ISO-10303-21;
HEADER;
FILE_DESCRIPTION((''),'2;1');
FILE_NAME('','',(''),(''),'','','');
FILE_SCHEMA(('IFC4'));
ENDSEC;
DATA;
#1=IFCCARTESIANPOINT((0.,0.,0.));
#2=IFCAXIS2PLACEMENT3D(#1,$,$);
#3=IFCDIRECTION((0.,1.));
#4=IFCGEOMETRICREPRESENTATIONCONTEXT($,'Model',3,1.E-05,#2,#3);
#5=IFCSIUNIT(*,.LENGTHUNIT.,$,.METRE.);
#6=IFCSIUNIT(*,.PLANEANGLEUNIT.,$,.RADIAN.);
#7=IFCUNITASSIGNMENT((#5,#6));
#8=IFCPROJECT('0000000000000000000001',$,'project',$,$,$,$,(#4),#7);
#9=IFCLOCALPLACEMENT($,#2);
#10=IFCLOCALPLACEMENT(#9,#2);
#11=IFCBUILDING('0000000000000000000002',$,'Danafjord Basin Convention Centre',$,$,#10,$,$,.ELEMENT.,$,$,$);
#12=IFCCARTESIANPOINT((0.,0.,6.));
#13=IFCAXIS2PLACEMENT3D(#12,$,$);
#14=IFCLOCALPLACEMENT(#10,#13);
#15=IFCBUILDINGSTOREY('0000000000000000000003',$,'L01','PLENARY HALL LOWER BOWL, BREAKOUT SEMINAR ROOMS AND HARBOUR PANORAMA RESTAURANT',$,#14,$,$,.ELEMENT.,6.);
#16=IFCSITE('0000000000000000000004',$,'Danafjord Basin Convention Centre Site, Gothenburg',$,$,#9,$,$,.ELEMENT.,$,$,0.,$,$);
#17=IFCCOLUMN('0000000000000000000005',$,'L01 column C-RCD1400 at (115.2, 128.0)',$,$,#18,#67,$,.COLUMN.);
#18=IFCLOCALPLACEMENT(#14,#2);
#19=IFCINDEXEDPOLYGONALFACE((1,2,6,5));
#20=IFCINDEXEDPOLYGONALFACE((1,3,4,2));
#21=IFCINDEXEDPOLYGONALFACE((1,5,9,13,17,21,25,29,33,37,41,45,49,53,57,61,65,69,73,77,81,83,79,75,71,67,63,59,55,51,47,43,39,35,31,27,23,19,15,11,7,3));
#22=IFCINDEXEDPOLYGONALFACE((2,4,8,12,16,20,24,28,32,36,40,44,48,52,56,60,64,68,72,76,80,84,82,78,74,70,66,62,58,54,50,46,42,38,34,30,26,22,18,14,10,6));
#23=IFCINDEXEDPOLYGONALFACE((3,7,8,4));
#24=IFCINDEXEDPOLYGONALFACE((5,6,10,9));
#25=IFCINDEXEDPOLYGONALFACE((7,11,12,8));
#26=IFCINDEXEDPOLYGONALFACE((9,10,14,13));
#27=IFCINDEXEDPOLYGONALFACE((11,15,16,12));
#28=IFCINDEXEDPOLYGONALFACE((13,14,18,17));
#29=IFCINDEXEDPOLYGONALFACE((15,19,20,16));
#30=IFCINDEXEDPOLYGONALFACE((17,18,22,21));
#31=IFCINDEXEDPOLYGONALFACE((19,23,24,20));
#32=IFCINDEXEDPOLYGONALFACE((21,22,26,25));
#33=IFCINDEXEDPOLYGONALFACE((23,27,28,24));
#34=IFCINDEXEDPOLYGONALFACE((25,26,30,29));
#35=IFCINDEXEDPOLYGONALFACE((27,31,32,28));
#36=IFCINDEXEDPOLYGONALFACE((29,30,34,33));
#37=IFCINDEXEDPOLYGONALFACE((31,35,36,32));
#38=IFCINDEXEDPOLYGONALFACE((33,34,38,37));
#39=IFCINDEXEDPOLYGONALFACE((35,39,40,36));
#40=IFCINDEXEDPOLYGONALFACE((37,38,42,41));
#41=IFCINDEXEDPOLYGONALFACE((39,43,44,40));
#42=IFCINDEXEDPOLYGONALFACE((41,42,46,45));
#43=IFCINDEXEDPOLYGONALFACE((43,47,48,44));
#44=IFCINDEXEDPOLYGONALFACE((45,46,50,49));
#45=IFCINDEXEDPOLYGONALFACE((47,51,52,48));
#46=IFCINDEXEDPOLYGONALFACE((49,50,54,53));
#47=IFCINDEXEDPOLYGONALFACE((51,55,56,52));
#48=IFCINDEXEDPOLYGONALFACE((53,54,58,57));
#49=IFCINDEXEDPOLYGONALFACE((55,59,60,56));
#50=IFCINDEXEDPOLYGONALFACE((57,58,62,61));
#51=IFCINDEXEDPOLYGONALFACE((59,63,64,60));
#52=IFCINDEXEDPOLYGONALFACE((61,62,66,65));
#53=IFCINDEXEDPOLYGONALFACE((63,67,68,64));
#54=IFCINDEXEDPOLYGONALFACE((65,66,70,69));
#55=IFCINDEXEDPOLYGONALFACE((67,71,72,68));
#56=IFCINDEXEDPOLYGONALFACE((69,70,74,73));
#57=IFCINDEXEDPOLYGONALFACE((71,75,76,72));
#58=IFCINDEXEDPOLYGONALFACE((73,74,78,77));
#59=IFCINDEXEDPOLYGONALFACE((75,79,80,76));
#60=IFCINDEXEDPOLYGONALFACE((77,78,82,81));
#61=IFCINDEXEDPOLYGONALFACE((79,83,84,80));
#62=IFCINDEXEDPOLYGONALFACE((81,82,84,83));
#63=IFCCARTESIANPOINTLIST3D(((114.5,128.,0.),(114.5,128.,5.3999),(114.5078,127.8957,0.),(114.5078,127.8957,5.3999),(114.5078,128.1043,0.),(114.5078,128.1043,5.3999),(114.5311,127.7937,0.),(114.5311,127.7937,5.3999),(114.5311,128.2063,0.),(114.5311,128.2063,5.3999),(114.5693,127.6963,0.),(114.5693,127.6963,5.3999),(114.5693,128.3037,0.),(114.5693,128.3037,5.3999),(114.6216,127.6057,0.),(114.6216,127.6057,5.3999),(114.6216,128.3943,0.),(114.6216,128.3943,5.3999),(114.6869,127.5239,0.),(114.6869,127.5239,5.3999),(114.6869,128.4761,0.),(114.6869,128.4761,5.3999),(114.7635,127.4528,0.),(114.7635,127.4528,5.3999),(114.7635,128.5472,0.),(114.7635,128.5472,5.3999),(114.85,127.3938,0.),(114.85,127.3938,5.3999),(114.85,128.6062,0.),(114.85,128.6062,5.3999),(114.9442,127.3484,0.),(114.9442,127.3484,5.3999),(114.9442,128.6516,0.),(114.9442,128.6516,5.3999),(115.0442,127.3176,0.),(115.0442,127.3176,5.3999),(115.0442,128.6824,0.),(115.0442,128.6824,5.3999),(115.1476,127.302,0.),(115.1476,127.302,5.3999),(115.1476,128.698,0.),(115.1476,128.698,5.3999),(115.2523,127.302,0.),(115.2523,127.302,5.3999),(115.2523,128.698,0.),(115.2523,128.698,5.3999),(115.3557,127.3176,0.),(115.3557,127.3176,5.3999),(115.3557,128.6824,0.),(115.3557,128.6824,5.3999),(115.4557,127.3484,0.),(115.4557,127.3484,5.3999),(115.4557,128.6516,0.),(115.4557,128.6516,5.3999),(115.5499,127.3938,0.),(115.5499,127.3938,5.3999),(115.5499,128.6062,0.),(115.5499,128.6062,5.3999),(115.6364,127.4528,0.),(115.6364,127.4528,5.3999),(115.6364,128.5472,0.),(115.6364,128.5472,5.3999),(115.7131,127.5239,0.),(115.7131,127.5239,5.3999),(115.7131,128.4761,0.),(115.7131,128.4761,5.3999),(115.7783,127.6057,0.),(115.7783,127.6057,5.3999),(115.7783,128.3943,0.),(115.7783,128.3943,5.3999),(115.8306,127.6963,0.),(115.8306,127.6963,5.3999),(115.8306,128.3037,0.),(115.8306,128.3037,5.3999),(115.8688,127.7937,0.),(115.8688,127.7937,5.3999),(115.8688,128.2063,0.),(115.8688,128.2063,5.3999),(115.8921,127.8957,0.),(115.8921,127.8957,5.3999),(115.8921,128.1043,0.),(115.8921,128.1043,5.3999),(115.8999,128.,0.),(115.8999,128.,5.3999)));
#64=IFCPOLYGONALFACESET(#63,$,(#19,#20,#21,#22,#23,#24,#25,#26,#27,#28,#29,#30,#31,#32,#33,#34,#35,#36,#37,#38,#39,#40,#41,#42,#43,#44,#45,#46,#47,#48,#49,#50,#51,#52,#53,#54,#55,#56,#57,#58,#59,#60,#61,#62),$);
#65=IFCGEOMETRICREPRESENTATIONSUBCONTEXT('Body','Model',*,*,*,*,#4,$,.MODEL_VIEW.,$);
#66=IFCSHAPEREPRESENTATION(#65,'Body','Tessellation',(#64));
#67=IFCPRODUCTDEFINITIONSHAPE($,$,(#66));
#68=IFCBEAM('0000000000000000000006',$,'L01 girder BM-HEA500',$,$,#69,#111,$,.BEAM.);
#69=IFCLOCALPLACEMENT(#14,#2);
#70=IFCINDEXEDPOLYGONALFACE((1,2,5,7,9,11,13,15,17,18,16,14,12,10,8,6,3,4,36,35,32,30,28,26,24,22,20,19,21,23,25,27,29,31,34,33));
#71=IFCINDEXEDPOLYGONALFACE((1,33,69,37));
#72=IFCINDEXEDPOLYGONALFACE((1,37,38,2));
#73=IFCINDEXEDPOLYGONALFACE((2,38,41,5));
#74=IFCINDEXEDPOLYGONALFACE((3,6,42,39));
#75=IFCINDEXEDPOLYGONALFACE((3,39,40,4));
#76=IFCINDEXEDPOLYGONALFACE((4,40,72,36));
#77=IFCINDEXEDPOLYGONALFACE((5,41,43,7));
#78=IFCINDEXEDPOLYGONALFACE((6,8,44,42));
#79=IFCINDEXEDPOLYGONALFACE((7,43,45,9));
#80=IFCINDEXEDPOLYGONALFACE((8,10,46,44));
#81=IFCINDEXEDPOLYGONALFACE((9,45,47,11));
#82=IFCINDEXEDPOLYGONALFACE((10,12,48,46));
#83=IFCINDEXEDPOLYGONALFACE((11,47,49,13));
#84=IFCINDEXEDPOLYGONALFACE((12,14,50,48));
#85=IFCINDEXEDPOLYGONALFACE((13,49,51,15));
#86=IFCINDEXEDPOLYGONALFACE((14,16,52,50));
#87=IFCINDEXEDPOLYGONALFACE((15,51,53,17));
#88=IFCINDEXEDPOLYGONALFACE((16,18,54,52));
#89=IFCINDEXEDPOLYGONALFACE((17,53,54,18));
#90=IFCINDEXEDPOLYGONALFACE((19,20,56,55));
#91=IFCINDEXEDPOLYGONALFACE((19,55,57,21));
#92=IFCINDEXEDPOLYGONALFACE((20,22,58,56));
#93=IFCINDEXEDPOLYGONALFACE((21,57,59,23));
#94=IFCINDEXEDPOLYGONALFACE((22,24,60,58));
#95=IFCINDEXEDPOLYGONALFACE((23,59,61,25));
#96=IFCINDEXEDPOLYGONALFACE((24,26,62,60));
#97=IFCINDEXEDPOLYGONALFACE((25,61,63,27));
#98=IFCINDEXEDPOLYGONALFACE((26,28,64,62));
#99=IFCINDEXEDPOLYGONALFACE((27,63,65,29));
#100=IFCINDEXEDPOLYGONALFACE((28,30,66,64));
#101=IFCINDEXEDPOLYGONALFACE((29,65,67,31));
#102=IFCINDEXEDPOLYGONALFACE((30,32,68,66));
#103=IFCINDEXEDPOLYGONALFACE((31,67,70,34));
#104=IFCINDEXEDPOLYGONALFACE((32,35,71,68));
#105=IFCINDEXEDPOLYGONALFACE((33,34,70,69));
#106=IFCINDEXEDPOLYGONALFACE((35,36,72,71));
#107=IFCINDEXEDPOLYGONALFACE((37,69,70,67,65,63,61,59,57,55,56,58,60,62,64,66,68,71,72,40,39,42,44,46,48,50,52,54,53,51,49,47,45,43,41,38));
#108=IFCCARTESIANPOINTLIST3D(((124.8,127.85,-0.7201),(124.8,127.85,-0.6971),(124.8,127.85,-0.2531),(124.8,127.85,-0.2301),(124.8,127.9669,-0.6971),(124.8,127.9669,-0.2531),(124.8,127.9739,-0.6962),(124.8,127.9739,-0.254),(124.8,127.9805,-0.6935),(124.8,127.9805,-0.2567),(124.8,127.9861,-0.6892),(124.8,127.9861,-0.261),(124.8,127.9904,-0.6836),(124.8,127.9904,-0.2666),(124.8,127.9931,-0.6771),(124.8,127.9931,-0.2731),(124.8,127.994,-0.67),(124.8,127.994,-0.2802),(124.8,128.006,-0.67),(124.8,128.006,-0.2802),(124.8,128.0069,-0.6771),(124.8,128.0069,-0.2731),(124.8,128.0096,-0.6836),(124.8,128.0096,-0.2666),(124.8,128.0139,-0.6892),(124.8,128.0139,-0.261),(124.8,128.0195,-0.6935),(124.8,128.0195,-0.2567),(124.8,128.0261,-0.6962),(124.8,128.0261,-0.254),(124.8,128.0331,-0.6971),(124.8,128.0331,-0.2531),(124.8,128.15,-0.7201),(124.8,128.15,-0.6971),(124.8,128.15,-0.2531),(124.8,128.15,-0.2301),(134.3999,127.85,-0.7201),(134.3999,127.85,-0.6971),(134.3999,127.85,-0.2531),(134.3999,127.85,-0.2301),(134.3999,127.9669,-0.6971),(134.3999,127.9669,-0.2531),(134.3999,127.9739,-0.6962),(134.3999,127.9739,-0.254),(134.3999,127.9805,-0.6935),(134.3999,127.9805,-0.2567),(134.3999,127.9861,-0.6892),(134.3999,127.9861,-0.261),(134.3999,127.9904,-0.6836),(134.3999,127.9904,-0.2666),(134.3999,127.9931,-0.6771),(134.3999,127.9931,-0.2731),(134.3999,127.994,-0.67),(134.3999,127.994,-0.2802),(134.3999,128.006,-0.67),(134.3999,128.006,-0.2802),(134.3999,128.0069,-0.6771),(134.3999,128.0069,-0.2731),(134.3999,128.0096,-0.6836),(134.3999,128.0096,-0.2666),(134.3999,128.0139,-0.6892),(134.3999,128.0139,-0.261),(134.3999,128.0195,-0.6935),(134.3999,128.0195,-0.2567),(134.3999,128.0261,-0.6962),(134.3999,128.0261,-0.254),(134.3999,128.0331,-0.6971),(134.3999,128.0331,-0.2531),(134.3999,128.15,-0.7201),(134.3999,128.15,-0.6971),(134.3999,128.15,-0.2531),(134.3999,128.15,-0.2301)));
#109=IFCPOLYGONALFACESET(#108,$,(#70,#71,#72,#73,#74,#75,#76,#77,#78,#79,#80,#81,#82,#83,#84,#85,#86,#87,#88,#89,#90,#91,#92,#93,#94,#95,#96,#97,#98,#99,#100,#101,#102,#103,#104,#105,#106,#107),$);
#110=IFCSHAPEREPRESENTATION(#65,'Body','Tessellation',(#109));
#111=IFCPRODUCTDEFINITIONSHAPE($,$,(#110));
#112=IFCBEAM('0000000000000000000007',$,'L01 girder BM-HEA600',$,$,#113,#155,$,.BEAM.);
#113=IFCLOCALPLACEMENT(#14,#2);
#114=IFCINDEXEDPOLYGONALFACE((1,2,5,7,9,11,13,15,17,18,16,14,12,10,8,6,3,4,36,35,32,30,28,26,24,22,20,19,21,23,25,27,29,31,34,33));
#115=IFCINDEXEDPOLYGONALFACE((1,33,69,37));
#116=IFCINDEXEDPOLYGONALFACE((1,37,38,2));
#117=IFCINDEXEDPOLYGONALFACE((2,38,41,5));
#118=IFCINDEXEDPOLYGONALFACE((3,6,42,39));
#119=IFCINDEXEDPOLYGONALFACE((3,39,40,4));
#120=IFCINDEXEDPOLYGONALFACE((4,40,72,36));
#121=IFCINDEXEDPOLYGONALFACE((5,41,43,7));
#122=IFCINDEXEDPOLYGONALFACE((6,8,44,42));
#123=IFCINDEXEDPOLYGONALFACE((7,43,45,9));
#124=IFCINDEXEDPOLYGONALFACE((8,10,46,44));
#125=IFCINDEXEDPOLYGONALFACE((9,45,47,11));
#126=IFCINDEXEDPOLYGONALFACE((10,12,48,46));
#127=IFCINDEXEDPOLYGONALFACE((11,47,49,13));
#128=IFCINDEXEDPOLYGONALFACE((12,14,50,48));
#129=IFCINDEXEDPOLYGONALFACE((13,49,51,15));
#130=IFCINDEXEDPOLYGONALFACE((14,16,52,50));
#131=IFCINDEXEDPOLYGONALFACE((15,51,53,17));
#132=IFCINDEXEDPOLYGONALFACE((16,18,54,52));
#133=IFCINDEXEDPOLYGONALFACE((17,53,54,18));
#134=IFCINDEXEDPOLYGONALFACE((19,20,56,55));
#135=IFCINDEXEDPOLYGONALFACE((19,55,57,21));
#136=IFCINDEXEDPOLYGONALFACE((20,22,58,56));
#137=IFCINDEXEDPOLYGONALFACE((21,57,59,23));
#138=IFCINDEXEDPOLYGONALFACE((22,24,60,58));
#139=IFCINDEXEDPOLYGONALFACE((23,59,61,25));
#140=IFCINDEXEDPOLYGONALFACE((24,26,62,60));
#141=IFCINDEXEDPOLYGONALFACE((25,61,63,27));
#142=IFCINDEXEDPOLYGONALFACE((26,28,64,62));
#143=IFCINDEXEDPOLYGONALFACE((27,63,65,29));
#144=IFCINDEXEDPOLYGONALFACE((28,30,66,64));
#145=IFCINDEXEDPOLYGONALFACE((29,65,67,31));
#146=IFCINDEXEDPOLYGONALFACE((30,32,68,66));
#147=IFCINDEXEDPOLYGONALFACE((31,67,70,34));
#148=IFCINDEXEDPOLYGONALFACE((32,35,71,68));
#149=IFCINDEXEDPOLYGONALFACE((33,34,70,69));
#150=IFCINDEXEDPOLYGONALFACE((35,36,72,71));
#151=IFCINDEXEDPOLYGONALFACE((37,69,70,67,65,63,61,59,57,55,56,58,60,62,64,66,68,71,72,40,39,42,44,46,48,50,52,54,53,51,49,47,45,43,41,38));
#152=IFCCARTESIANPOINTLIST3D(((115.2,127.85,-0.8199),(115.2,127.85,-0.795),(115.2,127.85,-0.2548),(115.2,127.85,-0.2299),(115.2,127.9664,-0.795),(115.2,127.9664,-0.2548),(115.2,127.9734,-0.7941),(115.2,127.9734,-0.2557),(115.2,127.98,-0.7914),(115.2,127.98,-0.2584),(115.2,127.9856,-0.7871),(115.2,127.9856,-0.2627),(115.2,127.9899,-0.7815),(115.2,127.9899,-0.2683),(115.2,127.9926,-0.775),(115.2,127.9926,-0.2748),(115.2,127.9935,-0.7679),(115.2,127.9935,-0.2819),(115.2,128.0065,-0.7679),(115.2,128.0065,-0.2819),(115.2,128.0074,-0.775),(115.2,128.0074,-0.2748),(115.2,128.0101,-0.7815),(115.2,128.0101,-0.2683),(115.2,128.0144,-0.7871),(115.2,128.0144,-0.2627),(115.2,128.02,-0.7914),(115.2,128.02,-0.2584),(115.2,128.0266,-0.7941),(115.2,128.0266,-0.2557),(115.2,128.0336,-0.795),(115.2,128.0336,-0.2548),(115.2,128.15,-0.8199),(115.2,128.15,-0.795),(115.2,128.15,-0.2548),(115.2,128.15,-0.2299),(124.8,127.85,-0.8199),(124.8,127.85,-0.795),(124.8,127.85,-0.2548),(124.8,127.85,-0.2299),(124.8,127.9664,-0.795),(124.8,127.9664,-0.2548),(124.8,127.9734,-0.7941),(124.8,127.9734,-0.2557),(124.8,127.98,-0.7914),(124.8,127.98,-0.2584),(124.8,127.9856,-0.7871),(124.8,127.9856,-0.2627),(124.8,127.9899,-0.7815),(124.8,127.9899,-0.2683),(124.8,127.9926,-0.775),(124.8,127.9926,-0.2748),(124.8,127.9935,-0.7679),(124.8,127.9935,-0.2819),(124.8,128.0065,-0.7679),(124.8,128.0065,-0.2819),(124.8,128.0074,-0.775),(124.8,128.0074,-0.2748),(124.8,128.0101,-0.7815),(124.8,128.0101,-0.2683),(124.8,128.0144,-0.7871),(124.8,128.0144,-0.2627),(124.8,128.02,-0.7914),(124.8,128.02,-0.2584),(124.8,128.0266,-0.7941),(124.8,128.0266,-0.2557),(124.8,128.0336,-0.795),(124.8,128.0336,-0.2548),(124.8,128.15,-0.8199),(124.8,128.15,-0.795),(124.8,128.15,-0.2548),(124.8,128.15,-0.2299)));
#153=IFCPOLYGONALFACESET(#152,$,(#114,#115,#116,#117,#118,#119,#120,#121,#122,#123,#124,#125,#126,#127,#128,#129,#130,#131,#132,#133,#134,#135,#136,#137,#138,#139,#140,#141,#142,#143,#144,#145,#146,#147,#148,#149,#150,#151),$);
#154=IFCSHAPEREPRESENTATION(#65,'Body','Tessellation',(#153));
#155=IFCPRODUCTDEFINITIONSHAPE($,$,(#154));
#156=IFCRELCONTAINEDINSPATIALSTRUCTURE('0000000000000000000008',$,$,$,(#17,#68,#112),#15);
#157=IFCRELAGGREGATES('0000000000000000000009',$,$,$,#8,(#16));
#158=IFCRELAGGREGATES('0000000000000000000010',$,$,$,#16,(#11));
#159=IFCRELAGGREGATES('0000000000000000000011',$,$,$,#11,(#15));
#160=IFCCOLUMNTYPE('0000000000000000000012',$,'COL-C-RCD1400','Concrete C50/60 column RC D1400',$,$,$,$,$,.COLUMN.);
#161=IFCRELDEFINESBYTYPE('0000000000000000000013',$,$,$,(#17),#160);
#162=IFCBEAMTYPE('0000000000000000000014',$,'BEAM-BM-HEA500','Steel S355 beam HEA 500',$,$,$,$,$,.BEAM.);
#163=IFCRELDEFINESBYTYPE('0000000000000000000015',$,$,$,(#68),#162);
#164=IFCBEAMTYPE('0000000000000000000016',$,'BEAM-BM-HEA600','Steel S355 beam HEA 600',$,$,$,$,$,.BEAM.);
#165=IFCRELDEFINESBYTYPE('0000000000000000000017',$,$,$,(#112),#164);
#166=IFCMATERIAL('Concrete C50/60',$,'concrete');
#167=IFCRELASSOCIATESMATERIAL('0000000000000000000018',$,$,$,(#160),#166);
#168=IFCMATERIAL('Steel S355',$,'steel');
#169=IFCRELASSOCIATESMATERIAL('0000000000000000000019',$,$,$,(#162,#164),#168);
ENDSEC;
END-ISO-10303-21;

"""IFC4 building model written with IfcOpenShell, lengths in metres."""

from ifc_helpers import new_model, si_unit, direction, frame, origin, origin_2d, place, context, subcontext, project, spatial, circle, i_section, extrude, material, material_profile, profile_set, type_object, element, save


model = new_model("IFC4")

# Units and contexts
model_context = context("Model", 3, precision=1e-05, world=origin(), true_north=direction((0.0, 1.0)))
body_context = subcontext(model_context, "Body", "Model", "MODEL_VIEW")
ifc_project = project(units=[si_unit("LENGTHUNIT", "METRE"), si_unit("PLANEANGLEUNIT", "RADIAN")], contexts=[model_context])

# Site, building, storey
site_placement = place(None, origin())
site = spatial("IfcSite", under=ifc_project, at=site_placement, Name="Danafjord Basin Convention Centre Site, Gothenburg", CompositionType="ELEMENT", RefElevation=0.0)
building_placement = place(site_placement, origin())
building = spatial("IfcBuilding", under=site, at=building_placement, Name="Danafjord Basin Convention Centre", CompositionType="ELEMENT")
storey_placement = place(building_placement, frame((0.0, 0.0, 6.0)))
storey = spatial("IfcBuildingStorey", under=building, at=storey_placement, Name="L01", Description="PLENARY HALL LOWER BOWL, BREAKOUT SEMINAR ROOMS AND HARBOUR PANORAMA RESTAURANT", CompositionType="ELEMENT", Elevation=6.0)

# Column
ifc_material_1 = material(Name="Steel S355", Category="steel")
ifc_material_2 = material(Name="Concrete C50/60", Category="concrete")
ifc_material_profile_1 = material_profile(ifc_material_2, circle(Radius=0.7, at=origin_2d()), Name="RC D1400")
ifc_profile_set_1 = profile_set([ifc_material_profile_1], Name="Concrete C50/60")
column_type_1 = type_object("IfcColumnType", Name="COL-C-RCD1400", Description="Concrete C50/60 column RC D1400", PredefinedType="COLUMN", material=ifc_profile_set_1)
column_1_placement = place(storey_placement, frame((115.2, 128.0, 0.0), z_axis=(0.0, 0.0, 1.0), x_axis=(1.0, 0.0, 0.0)))
element("IfcColumn", 1, at=column_1_placement, inside=storey, type_object=column_type_1, Name="L01 column C-RCD1400 at (115.2, 128.0)", PredefinedType="COLUMN", context=body_context, shape_type="SweptSolid", body=[
    extrude(circle(Radius=0.7, at=origin_2d()), origin(), (0.0, 0.0, 1.0), 5.3999),
])

# Beams
ifc_material_profile_2 = material_profile(ifc_material_1, i_section(OverallWidth=0.3, OverallDepth=0.49, WebThickness=0.012, FlangeThickness=0.0229, FilletRadius=0.0271, at=origin_2d()), Name="HEA 500")
ifc_profile_set_2 = profile_set([ifc_material_profile_2], Name="Steel S355")
beam_type_1 = type_object("IfcBeamType", Name="BEAM-BM-HEA500", Description="Steel S355 beam HEA 500", PredefinedType="BEAM", material=ifc_profile_set_2)
beam_1_placement = place(storey_placement, frame((124.8, 128.0, -0.4751), z_axis=(1.0, 0.0, 0.0), x_axis=(0.0, 1.0, 0.0)))
element("IfcBeam", 2, at=beam_1_placement, inside=storey, type_object=beam_type_1, Name="L01 girder BM-HEA500", PredefinedType="BEAM", context=body_context, shape_type="SweptSolid", body=[
    extrude(i_section(OverallWidth=0.3, OverallDepth=0.49, WebThickness=0.012, FlangeThickness=0.0229, FilletRadius=0.0271, at=origin_2d()), origin(), (0.0, 0.0, 1.0), 9.5999),
])
ifc_material_profile_3 = material_profile(ifc_material_1, i_section(OverallWidth=0.3, OverallDepth=0.5901, WebThickness=0.0129, FlangeThickness=0.0249, FilletRadius=0.0271, at=origin_2d()), Name="HEA 600")
ifc_profile_set_3 = profile_set([ifc_material_profile_3], Name="Steel S355")
beam_type_2 = type_object("IfcBeamType", Name="BEAM-BM-HEA600", Description="Steel S355 beam HEA 600", PredefinedType="BEAM", material=ifc_profile_set_3)
beam_2_placement = place(storey_placement, frame((115.2, 128.0, -0.5249), z_axis=(1.0, 0.0, 0.0), x_axis=(0.0, 1.0, 0.0)))
element("IfcBeam", 3, at=beam_2_placement, inside=storey, type_object=beam_type_2, Name="L01 girder BM-HEA600", PredefinedType="BEAM", context=body_context, shape_type="SweptSolid", body=[
    extrude(i_section(OverallWidth=0.3, OverallDepth=0.5901, WebThickness=0.0129, FlangeThickness=0.0249, FilletRadius=0.0271, at=origin_2d()), origin(), (0.0, 0.0, 1.0), 9.6001),
])

save(model, "model.ifc")
